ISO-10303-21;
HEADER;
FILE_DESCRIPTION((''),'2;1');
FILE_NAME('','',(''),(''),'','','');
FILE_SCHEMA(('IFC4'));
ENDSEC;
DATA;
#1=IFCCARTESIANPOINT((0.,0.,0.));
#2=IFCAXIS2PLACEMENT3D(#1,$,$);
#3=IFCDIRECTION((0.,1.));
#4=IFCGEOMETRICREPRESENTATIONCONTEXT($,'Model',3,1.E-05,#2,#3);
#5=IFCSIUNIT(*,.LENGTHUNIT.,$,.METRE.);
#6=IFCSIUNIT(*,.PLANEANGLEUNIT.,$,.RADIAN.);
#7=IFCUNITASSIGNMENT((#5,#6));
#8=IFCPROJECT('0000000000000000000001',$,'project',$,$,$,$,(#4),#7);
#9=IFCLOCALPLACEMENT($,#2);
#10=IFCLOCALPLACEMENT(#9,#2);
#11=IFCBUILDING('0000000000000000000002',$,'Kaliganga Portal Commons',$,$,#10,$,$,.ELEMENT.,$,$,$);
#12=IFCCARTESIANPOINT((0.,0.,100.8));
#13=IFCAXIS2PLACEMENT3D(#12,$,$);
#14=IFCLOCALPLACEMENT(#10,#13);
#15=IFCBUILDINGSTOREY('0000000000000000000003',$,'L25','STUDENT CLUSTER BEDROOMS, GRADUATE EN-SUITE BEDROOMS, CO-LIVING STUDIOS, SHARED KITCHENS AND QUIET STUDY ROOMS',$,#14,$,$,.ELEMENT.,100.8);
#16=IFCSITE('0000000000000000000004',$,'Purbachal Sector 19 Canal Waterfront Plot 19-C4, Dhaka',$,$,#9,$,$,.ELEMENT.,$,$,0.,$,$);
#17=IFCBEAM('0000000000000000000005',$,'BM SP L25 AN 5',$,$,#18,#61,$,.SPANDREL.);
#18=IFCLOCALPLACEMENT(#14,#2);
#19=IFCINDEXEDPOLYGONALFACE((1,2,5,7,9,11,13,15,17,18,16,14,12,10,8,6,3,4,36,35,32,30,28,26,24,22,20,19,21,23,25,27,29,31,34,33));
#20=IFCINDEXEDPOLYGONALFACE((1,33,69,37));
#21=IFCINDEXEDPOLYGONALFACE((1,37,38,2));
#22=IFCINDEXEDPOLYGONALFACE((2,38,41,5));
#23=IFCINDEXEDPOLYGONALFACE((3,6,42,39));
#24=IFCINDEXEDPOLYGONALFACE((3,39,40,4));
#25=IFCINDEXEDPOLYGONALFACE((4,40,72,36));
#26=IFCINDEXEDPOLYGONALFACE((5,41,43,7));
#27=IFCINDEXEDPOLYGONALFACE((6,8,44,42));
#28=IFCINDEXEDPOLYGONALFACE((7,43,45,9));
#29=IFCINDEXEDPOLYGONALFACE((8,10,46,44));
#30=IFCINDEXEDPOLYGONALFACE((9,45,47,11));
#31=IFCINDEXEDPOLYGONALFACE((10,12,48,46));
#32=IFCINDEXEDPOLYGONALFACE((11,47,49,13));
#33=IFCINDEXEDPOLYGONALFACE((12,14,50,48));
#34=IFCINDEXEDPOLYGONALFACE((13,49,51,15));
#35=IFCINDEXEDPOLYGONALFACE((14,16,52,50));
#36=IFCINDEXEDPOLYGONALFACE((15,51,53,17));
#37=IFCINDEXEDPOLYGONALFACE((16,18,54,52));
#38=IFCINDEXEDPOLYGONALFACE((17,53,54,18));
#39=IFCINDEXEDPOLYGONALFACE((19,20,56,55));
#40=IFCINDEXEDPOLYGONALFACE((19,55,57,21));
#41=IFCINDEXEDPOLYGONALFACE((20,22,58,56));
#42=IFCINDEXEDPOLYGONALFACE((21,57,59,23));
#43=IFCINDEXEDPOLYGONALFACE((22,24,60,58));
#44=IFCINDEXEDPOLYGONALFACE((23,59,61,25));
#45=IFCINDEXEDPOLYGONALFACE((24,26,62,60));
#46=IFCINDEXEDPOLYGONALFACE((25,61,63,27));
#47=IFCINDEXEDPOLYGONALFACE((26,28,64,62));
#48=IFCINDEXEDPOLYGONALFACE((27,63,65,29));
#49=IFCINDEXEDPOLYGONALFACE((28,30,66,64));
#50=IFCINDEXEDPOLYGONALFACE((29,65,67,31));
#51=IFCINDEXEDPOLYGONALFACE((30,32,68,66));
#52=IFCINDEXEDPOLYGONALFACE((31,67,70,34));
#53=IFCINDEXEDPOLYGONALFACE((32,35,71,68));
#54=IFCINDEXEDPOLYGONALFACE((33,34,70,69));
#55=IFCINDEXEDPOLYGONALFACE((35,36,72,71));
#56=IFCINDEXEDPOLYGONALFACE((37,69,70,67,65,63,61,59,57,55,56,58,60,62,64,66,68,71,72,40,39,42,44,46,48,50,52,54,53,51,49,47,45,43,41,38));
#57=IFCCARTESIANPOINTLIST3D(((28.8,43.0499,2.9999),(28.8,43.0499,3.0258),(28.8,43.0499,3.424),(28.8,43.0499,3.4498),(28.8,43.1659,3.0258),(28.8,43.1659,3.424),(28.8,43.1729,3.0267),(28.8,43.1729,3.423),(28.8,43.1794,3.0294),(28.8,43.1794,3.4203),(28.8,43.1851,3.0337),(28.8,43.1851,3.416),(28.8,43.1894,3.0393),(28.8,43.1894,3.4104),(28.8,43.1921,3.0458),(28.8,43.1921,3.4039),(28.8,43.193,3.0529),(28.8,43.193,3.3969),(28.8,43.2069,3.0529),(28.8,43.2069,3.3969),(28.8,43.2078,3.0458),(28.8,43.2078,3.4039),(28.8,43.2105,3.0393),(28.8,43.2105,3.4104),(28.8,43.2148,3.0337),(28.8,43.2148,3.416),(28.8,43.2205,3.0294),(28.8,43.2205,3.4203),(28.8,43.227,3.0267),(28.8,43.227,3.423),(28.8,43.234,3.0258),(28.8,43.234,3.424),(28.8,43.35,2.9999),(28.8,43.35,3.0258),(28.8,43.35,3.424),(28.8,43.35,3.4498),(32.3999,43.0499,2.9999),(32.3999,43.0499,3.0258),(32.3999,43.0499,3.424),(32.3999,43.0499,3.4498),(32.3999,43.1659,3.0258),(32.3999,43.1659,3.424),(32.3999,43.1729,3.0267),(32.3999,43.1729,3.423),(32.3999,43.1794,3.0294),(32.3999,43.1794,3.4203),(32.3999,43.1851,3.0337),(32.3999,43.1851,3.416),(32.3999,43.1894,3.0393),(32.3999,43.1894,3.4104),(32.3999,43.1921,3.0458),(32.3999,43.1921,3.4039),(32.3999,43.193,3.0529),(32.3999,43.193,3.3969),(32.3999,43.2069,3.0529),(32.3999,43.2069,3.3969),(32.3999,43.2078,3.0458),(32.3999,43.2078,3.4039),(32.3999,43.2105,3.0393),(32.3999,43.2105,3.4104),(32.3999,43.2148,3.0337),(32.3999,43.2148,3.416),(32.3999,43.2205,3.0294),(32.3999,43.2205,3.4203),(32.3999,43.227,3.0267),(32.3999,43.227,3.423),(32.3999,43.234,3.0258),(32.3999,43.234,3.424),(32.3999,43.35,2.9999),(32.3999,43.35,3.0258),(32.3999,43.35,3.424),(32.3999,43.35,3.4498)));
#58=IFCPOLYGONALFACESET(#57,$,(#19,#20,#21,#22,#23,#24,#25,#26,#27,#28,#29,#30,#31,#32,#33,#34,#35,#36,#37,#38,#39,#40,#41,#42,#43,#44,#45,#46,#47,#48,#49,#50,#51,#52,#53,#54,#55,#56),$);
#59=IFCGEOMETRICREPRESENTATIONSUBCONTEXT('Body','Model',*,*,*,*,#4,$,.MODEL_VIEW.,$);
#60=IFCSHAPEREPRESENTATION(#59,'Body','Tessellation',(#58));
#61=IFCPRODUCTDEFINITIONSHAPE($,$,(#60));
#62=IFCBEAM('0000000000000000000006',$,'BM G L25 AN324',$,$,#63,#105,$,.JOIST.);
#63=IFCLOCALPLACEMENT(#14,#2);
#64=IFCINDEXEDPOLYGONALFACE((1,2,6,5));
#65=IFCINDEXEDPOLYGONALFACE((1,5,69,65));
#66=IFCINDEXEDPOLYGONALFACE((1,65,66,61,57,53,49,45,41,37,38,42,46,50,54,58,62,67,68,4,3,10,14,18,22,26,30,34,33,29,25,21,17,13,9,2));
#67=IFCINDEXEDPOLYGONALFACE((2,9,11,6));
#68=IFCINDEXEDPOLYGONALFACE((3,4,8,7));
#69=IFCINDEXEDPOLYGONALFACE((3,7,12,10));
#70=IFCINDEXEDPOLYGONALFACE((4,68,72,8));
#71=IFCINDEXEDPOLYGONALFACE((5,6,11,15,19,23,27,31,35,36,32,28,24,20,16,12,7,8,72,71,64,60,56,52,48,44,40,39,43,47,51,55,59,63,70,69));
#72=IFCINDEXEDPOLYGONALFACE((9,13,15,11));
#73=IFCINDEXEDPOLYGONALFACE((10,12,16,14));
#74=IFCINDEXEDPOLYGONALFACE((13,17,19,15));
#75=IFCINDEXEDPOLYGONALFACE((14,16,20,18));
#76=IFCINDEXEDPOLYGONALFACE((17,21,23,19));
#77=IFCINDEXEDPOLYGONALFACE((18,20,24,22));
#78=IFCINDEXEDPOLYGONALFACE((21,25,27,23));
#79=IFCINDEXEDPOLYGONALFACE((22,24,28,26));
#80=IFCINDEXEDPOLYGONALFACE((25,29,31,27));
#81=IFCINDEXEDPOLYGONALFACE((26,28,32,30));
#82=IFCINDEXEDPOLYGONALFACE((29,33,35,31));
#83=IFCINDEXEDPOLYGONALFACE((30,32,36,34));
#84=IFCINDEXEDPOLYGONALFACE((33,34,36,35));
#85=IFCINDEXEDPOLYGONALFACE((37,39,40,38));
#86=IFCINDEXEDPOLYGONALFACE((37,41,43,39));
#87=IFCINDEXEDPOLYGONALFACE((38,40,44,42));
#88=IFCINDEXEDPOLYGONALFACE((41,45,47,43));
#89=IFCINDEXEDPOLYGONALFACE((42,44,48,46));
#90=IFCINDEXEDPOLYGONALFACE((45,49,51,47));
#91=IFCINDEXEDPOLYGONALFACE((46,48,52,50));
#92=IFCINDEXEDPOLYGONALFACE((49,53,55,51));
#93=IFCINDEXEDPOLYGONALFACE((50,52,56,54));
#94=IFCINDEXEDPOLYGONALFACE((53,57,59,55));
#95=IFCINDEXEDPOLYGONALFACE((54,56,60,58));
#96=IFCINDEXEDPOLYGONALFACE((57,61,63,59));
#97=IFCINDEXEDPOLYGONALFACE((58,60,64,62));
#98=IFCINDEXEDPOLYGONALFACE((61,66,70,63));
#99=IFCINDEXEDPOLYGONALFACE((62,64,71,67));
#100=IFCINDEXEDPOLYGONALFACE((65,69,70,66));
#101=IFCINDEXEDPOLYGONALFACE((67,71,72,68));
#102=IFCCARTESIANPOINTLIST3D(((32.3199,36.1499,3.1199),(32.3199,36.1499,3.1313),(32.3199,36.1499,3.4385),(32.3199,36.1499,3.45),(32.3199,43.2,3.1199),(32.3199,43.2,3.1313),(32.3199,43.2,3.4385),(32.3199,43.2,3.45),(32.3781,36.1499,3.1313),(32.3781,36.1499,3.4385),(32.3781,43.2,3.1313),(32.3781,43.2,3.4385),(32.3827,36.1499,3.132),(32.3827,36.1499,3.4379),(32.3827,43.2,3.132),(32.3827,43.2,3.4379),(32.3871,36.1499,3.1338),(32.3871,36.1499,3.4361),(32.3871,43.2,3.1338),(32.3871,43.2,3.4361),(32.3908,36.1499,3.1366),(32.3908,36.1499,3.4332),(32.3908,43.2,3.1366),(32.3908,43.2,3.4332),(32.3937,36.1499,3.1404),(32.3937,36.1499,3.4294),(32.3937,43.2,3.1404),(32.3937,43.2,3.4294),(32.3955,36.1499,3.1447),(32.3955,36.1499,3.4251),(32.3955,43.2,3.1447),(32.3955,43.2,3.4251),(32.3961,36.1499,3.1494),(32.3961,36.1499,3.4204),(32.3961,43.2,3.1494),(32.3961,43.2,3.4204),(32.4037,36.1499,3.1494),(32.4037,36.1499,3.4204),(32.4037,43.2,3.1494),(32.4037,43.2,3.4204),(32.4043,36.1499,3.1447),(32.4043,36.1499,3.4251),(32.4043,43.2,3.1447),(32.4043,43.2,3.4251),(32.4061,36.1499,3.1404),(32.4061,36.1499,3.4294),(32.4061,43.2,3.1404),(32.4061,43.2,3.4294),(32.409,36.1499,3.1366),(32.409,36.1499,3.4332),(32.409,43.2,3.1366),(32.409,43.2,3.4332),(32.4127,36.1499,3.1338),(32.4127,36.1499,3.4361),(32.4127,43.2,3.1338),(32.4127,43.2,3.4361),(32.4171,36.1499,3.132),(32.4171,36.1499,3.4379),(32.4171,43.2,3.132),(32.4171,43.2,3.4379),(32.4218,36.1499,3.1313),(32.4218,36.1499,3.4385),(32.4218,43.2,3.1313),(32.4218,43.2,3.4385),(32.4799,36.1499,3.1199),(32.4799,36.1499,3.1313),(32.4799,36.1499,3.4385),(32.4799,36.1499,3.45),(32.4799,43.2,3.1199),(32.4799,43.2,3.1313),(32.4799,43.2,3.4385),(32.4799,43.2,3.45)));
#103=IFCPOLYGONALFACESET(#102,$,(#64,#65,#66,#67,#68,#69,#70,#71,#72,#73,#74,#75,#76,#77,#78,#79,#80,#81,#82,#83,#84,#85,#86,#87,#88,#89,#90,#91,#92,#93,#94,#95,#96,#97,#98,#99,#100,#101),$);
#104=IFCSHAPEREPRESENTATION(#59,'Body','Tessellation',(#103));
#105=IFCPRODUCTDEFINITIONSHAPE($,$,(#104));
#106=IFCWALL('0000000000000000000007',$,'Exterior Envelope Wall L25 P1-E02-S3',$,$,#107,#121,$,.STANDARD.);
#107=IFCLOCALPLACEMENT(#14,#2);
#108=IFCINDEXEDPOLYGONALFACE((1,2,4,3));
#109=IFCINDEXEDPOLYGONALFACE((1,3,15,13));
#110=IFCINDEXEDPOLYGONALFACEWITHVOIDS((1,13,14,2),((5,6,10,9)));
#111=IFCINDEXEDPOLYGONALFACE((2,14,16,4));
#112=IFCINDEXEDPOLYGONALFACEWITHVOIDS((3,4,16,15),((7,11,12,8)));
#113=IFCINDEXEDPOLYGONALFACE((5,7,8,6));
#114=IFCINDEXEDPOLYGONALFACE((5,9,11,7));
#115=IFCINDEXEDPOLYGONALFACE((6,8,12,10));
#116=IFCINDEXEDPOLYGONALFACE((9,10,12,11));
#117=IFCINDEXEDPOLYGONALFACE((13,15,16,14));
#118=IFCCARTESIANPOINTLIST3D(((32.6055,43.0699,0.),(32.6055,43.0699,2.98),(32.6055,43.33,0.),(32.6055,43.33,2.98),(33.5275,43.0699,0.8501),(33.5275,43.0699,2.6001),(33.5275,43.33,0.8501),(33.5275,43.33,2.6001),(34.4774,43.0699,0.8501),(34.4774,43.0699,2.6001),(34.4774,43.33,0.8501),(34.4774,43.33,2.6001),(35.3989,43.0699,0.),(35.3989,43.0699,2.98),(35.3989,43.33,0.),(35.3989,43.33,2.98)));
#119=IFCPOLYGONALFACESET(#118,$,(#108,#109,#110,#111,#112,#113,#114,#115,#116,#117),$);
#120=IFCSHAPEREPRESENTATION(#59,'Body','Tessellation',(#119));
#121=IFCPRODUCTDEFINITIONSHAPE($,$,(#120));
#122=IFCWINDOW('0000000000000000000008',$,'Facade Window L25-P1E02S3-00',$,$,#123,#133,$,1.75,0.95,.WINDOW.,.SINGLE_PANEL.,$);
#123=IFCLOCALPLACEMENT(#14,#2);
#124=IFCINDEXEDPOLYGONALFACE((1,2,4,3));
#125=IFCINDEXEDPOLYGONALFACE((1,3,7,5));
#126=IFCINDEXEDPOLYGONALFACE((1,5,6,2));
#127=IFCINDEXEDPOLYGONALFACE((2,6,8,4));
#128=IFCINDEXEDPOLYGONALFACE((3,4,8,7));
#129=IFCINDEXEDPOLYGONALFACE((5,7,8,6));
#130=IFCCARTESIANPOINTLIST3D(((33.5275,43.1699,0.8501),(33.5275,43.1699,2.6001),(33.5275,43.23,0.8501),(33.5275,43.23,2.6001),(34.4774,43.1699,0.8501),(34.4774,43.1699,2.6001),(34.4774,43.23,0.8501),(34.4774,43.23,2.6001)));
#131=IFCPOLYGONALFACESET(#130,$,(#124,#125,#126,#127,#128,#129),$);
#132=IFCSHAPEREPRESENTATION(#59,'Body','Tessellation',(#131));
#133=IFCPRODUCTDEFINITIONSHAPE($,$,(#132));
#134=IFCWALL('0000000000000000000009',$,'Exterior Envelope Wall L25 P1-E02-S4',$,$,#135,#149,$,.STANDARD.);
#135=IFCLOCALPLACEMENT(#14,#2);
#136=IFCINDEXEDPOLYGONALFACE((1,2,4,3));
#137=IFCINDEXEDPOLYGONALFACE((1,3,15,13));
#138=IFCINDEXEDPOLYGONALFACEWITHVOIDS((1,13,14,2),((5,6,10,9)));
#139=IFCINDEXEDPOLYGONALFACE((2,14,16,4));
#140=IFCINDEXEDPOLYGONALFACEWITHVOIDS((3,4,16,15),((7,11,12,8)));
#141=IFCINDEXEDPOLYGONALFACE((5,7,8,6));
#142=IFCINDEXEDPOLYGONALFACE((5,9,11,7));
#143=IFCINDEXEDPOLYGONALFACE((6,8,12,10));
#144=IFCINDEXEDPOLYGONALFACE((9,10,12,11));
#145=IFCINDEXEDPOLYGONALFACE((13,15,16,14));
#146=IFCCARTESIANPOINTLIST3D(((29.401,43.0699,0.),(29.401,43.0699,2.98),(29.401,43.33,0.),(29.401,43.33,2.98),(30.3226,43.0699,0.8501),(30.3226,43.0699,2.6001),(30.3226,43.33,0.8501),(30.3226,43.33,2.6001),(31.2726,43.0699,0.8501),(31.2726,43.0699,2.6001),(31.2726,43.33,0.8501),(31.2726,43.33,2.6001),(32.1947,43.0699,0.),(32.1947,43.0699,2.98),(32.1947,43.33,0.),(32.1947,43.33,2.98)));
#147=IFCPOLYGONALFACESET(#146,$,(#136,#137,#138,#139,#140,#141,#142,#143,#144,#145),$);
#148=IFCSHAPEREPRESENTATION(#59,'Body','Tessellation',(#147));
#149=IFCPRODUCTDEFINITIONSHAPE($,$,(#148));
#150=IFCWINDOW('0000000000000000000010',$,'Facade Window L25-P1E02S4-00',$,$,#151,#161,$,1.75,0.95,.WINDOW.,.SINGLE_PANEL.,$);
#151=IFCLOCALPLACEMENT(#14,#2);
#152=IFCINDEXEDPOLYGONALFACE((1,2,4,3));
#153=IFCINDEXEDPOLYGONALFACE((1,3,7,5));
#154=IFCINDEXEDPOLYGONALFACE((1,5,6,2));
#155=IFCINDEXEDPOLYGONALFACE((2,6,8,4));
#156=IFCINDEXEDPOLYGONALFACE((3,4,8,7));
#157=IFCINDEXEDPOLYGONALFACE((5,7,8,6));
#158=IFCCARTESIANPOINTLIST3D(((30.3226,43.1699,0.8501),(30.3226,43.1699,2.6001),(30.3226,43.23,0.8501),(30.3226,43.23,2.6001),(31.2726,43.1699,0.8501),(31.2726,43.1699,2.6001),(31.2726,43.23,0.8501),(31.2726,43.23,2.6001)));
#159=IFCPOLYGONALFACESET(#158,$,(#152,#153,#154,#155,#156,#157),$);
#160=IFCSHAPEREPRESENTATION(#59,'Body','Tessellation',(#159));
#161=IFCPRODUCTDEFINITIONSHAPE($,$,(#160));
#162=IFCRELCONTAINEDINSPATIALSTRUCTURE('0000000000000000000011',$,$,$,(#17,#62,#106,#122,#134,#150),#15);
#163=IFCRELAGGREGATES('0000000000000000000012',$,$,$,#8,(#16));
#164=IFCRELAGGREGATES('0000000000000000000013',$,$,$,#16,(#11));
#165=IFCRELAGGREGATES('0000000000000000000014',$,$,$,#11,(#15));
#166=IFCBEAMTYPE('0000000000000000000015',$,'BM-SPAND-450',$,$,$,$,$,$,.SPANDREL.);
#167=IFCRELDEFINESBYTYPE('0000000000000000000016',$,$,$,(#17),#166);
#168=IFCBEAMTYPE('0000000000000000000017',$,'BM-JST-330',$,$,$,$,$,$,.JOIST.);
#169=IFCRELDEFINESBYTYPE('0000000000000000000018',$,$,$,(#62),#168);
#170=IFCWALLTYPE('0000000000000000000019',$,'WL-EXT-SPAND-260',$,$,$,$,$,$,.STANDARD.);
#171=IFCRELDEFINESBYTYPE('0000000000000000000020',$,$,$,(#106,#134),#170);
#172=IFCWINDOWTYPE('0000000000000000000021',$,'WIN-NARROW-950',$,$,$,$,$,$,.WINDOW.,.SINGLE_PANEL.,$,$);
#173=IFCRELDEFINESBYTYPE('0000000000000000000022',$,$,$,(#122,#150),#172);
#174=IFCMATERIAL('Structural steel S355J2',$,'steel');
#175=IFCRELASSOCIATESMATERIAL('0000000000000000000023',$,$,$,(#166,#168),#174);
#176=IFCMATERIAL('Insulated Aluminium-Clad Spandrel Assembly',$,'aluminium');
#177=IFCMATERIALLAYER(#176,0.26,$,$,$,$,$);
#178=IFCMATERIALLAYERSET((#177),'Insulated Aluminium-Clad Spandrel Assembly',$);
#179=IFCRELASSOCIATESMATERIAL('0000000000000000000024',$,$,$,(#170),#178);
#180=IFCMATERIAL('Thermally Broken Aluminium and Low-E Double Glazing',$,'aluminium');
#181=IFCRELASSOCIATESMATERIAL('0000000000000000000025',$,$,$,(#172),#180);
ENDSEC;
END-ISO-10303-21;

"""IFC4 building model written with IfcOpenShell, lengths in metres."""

from ifc_helpers import new_model, si_unit, direction, frame, frame_2d, origin, origin_2d, place, context, subcontext, project, spatial, rectangle, i_section, extrude, source, transform, mapped, material, layer, layer_set, material_profile, profile_set, type_object, element, fill, save


model = new_model("IFC4")

# Units and contexts
model_context = context("Model", 3, precision=1e-05, world=origin(), true_north=direction((0.0, 1.0)))
body_context = subcontext(model_context, "Body", "Model", "MODEL_VIEW")
ifc_project = project(units=[si_unit("LENGTHUNIT", "METRE"), si_unit("PLANEANGLEUNIT", "RADIAN")], contexts=[model_context])

# Site, building, storey
site_placement = place(None, origin())
site = spatial("IfcSite", under=ifc_project, at=site_placement, Name="Purbachal Sector 19 Canal Waterfront Plot 19-C4, Dhaka", CompositionType="ELEMENT", RefElevation=0.0)
building_placement = place(site_placement, origin())
building = spatial("IfcBuilding", under=site, at=building_placement, Name="Kaliganga Portal Commons", CompositionType="ELEMENT")
storey_placement = place(building_placement, frame((0.0, 0.0, 100.8)))
storey = spatial("IfcBuildingStorey", under=building, at=storey_placement, Name="L25", Description="STUDENT CLUSTER BEDROOMS, GRADUATE EN-SUITE BEDROOMS, CO-LIVING STUDIOS, SHARED KITCHENS AND QUIET STUDY ROOMS", CompositionType="ELEMENT", Elevation=100.8)

# Beams
ifc_material_1 = material(Name="Structural steel S355J2", Category="steel")
ifc_material_profile_1 = material_profile(ifc_material_1, i_section(OverallWidth=0.3, OverallDepth=0.45, WebThickness=0.0139, FlangeThickness=0.0259, FilletRadius=0.0271, at=origin_2d()), Name="HE 450 B")
ifc_profile_set_1 = profile_set([ifc_material_profile_1], Name="Structural steel S355J2 wide-flange")
beam_type_1 = type_object("IfcBeamType", Name="BM-SPAND-450", PredefinedType="SPANDREL", material=ifc_profile_set_1)
shared_shape_1 = source(origin(), body_context, "Body", "SweptSolid", [
    extrude(i_section(OverallWidth=0.3, OverallDepth=0.45, WebThickness=0.0139, FlangeThickness=0.0259, FilletRadius=0.0271, at=origin_2d()), origin(), (0.0, 0.0, 1.0), 3.5999),
])
for number, where, z_axis, x_axis, name in (
    (1, (28.8, 43.2, 3.2249), (1.0, 0.0, 0.0), (0.0, 1.0, 0.0), "BM SP L25 AN 5"),
):
    element("IfcBeam", number, at=place(storey_placement, frame(where, z_axis=z_axis, x_axis=x_axis)), inside=storey, type_object=beam_type_1, Name=name, PredefinedType="SPANDREL", context=body_context, shape_type="MappedRepresentation", body=[
        mapped(shared_shape_1, transform((0.0, 0.0, 0.0), x_axis=(1.0, 0.0, 0.0), y_axis=(0.0, 1.0, 0.0), z_axis=(0.0, 0.0, 1.0), scale=1.0)),
    ])
ifc_material_profile_2 = material_profile(ifc_material_1, i_section(OverallWidth=0.1599, OverallDepth=0.3301, WebThickness=0.0076, FlangeThickness=0.0115, FilletRadius=0.0181, at=origin_2d()), Name="IPE 330")
ifc_profile_set_2 = profile_set([ifc_material_profile_2], Name="Structural steel S355J2 wide-flange")
beam_type_2 = type_object("IfcBeamType", Name="BM-JST-330", PredefinedType="JOIST", material=ifc_profile_set_2)
shared_shape_2 = source(origin(), body_context, "Body", "SweptSolid", [
    extrude(i_section(OverallWidth=0.1599, OverallDepth=0.3301, WebThickness=0.0076, FlangeThickness=0.0115, FilletRadius=0.0181, at=origin_2d()), origin(), (0.0, 0.0, 1.0), 7.05),
])
beam_1_placement = place(storey_placement, frame((32.3999, 36.1499, 3.2849), z_axis=(0.0, 1.0, 0.0), x_axis=(-1.0, 0.0, 0.0)))
element("IfcBeam", 2, at=beam_1_placement, inside=storey, type_object=beam_type_2, Name="BM G L25 AN324", PredefinedType="JOIST", context=body_context, shape_type="MappedRepresentation", body=[
    mapped(shared_shape_2, transform((0.0, 0.0, 0.0), x_axis=(1.0, 0.0, 0.0), y_axis=(0.0, 1.0, 0.0), z_axis=(0.0, 0.0, 1.0), scale=1.0)),
])

# Walls, openings, windows
ifc_material_2 = material(Name="Insulated Aluminium-Clad Spandrel Assembly", Category="aluminium")
ifc_layer_1 = layer(ifc_material_2, 0.26)
ifc_layer_set_1 = layer_set([ifc_layer_1], Name="Insulated Aluminium-Clad Spandrel Assembly")
wall_type_1 = type_object("IfcWallType", Name="WL-EXT-SPAND-260", PredefinedType="STANDARD", material=ifc_layer_set_1)
wall_1_placement = place(storey_placement, frame((32.6055, 43.2, 0.0), z_axis=(0.0, 0.0, 1.0), x_axis=(1.0, 0.0, 0.0)))
wall_1 = element("IfcWall", 3, at=wall_1_placement, inside=storey, type_object=wall_type_1, Name="Exterior Envelope Wall L25 P1-E02-S3", PredefinedType="STANDARD", context=body_context, shape_type="SweptSolid", body=[
    extrude(rectangle(XDim=2.7935, YDim=0.26, at=frame_2d((1.3967, 0.0))), origin(), (0.0, 0.0, 1.0), 2.98),
])
opening_1_placement = place(wall_1_placement, frame((0.9219, 0.0, 0.8501)))
opening_1 = element("IfcOpeningElement", 4, at=opening_1_placement, cuts=wall_1, PredefinedType="OPENING", context=body_context, shape_type="SweptSolid", body=[
    extrude(rectangle(XDim=0.95, YDim=1.75, at=frame_2d((0.4751, 0.875))), frame((0.0, 0.1401, 0.0), z_axis=(0.0, -1.0, 0.0), x_axis=(1.0, 0.0, 0.0)), (0.0, 0.0, 1.0), 0.28),
])
ifc_material_3 = material(Name="Thermally Broken Aluminium and Low-E Double Glazing", Category="aluminium")
window_type = type_object("IfcWindowType", Name="WIN-NARROW-950", PartitioningType="SINGLE_PANEL", PredefinedType="WINDOW", material=ifc_material_3)
window_1_placement = place(opening_1_placement, origin())
window_1 = element("IfcWindow", 5, at=window_1_placement, inside=storey, type_object=window_type, Name="Facade Window L25-P1E02S3-00", OverallHeight=1.75, OverallWidth=0.95, PartitioningType="SINGLE_PANEL", PredefinedType="WINDOW", context=body_context, shape_type="SweptSolid", body=[
    extrude(rectangle(XDim=0.95, YDim=1.75, at=frame_2d((0.4751, 0.875))), frame((0.0, 0.03, 0.0), z_axis=(0.0, -1.0, 0.0), x_axis=(1.0, 0.0, 0.0)), (0.0, 0.0, 1.0), 0.0601),
])
fill(opening_1, window_1)
wall_2_placement = place(storey_placement, frame((29.4009, 43.2, 0.0), z_axis=(0.0, 0.0, 1.0), x_axis=(1.0, 0.0, 0.0)))
wall_2 = element("IfcWall", 6, at=wall_2_placement, inside=storey, type_object=wall_type_1, Name="Exterior Envelope Wall L25 P1-E02-S4", PredefinedType="STANDARD", context=body_context, shape_type="SweptSolid", body=[
    extrude(rectangle(XDim=2.7937, YDim=0.26, at=frame_2d((1.397, 0.0))), origin(), (0.0, 0.0, 1.0), 2.98),
])
opening_2_placement = place(wall_2_placement, frame((0.9216, 0.0, 0.8501)))
opening_2 = element("IfcOpeningElement", 7, at=opening_2_placement, cuts=wall_2, PredefinedType="OPENING", context=body_context, shape_type="SweptSolid", body=[
    extrude(rectangle(XDim=0.95, YDim=1.75, at=frame_2d((0.4751, 0.875))), frame((0.0, 0.1401, 0.0), z_axis=(0.0, -1.0, 0.0), x_axis=(1.0, 0.0, 0.0)), (0.0, 0.0, 1.0), 0.28),
])
window_2_placement = place(opening_2_placement, origin())
window_2 = element("IfcWindow", 8, at=window_2_placement, inside=storey, type_object=window_type, Name="Facade Window L25-P1E02S4-00", OverallHeight=1.75, OverallWidth=0.95, PartitioningType="SINGLE_PANEL", PredefinedType="WINDOW", context=body_context, shape_type="SweptSolid", body=[
    extrude(rectangle(XDim=0.95, YDim=1.75, at=frame_2d((0.4751, 0.875))), frame((0.0, 0.03, 0.0), z_axis=(0.0, -1.0, 0.0), x_axis=(1.0, 0.0, 0.0)), (0.0, 0.0, 1.0), 0.0601),
])
fill(opening_2, window_2)

save(model, "model.ifc")
